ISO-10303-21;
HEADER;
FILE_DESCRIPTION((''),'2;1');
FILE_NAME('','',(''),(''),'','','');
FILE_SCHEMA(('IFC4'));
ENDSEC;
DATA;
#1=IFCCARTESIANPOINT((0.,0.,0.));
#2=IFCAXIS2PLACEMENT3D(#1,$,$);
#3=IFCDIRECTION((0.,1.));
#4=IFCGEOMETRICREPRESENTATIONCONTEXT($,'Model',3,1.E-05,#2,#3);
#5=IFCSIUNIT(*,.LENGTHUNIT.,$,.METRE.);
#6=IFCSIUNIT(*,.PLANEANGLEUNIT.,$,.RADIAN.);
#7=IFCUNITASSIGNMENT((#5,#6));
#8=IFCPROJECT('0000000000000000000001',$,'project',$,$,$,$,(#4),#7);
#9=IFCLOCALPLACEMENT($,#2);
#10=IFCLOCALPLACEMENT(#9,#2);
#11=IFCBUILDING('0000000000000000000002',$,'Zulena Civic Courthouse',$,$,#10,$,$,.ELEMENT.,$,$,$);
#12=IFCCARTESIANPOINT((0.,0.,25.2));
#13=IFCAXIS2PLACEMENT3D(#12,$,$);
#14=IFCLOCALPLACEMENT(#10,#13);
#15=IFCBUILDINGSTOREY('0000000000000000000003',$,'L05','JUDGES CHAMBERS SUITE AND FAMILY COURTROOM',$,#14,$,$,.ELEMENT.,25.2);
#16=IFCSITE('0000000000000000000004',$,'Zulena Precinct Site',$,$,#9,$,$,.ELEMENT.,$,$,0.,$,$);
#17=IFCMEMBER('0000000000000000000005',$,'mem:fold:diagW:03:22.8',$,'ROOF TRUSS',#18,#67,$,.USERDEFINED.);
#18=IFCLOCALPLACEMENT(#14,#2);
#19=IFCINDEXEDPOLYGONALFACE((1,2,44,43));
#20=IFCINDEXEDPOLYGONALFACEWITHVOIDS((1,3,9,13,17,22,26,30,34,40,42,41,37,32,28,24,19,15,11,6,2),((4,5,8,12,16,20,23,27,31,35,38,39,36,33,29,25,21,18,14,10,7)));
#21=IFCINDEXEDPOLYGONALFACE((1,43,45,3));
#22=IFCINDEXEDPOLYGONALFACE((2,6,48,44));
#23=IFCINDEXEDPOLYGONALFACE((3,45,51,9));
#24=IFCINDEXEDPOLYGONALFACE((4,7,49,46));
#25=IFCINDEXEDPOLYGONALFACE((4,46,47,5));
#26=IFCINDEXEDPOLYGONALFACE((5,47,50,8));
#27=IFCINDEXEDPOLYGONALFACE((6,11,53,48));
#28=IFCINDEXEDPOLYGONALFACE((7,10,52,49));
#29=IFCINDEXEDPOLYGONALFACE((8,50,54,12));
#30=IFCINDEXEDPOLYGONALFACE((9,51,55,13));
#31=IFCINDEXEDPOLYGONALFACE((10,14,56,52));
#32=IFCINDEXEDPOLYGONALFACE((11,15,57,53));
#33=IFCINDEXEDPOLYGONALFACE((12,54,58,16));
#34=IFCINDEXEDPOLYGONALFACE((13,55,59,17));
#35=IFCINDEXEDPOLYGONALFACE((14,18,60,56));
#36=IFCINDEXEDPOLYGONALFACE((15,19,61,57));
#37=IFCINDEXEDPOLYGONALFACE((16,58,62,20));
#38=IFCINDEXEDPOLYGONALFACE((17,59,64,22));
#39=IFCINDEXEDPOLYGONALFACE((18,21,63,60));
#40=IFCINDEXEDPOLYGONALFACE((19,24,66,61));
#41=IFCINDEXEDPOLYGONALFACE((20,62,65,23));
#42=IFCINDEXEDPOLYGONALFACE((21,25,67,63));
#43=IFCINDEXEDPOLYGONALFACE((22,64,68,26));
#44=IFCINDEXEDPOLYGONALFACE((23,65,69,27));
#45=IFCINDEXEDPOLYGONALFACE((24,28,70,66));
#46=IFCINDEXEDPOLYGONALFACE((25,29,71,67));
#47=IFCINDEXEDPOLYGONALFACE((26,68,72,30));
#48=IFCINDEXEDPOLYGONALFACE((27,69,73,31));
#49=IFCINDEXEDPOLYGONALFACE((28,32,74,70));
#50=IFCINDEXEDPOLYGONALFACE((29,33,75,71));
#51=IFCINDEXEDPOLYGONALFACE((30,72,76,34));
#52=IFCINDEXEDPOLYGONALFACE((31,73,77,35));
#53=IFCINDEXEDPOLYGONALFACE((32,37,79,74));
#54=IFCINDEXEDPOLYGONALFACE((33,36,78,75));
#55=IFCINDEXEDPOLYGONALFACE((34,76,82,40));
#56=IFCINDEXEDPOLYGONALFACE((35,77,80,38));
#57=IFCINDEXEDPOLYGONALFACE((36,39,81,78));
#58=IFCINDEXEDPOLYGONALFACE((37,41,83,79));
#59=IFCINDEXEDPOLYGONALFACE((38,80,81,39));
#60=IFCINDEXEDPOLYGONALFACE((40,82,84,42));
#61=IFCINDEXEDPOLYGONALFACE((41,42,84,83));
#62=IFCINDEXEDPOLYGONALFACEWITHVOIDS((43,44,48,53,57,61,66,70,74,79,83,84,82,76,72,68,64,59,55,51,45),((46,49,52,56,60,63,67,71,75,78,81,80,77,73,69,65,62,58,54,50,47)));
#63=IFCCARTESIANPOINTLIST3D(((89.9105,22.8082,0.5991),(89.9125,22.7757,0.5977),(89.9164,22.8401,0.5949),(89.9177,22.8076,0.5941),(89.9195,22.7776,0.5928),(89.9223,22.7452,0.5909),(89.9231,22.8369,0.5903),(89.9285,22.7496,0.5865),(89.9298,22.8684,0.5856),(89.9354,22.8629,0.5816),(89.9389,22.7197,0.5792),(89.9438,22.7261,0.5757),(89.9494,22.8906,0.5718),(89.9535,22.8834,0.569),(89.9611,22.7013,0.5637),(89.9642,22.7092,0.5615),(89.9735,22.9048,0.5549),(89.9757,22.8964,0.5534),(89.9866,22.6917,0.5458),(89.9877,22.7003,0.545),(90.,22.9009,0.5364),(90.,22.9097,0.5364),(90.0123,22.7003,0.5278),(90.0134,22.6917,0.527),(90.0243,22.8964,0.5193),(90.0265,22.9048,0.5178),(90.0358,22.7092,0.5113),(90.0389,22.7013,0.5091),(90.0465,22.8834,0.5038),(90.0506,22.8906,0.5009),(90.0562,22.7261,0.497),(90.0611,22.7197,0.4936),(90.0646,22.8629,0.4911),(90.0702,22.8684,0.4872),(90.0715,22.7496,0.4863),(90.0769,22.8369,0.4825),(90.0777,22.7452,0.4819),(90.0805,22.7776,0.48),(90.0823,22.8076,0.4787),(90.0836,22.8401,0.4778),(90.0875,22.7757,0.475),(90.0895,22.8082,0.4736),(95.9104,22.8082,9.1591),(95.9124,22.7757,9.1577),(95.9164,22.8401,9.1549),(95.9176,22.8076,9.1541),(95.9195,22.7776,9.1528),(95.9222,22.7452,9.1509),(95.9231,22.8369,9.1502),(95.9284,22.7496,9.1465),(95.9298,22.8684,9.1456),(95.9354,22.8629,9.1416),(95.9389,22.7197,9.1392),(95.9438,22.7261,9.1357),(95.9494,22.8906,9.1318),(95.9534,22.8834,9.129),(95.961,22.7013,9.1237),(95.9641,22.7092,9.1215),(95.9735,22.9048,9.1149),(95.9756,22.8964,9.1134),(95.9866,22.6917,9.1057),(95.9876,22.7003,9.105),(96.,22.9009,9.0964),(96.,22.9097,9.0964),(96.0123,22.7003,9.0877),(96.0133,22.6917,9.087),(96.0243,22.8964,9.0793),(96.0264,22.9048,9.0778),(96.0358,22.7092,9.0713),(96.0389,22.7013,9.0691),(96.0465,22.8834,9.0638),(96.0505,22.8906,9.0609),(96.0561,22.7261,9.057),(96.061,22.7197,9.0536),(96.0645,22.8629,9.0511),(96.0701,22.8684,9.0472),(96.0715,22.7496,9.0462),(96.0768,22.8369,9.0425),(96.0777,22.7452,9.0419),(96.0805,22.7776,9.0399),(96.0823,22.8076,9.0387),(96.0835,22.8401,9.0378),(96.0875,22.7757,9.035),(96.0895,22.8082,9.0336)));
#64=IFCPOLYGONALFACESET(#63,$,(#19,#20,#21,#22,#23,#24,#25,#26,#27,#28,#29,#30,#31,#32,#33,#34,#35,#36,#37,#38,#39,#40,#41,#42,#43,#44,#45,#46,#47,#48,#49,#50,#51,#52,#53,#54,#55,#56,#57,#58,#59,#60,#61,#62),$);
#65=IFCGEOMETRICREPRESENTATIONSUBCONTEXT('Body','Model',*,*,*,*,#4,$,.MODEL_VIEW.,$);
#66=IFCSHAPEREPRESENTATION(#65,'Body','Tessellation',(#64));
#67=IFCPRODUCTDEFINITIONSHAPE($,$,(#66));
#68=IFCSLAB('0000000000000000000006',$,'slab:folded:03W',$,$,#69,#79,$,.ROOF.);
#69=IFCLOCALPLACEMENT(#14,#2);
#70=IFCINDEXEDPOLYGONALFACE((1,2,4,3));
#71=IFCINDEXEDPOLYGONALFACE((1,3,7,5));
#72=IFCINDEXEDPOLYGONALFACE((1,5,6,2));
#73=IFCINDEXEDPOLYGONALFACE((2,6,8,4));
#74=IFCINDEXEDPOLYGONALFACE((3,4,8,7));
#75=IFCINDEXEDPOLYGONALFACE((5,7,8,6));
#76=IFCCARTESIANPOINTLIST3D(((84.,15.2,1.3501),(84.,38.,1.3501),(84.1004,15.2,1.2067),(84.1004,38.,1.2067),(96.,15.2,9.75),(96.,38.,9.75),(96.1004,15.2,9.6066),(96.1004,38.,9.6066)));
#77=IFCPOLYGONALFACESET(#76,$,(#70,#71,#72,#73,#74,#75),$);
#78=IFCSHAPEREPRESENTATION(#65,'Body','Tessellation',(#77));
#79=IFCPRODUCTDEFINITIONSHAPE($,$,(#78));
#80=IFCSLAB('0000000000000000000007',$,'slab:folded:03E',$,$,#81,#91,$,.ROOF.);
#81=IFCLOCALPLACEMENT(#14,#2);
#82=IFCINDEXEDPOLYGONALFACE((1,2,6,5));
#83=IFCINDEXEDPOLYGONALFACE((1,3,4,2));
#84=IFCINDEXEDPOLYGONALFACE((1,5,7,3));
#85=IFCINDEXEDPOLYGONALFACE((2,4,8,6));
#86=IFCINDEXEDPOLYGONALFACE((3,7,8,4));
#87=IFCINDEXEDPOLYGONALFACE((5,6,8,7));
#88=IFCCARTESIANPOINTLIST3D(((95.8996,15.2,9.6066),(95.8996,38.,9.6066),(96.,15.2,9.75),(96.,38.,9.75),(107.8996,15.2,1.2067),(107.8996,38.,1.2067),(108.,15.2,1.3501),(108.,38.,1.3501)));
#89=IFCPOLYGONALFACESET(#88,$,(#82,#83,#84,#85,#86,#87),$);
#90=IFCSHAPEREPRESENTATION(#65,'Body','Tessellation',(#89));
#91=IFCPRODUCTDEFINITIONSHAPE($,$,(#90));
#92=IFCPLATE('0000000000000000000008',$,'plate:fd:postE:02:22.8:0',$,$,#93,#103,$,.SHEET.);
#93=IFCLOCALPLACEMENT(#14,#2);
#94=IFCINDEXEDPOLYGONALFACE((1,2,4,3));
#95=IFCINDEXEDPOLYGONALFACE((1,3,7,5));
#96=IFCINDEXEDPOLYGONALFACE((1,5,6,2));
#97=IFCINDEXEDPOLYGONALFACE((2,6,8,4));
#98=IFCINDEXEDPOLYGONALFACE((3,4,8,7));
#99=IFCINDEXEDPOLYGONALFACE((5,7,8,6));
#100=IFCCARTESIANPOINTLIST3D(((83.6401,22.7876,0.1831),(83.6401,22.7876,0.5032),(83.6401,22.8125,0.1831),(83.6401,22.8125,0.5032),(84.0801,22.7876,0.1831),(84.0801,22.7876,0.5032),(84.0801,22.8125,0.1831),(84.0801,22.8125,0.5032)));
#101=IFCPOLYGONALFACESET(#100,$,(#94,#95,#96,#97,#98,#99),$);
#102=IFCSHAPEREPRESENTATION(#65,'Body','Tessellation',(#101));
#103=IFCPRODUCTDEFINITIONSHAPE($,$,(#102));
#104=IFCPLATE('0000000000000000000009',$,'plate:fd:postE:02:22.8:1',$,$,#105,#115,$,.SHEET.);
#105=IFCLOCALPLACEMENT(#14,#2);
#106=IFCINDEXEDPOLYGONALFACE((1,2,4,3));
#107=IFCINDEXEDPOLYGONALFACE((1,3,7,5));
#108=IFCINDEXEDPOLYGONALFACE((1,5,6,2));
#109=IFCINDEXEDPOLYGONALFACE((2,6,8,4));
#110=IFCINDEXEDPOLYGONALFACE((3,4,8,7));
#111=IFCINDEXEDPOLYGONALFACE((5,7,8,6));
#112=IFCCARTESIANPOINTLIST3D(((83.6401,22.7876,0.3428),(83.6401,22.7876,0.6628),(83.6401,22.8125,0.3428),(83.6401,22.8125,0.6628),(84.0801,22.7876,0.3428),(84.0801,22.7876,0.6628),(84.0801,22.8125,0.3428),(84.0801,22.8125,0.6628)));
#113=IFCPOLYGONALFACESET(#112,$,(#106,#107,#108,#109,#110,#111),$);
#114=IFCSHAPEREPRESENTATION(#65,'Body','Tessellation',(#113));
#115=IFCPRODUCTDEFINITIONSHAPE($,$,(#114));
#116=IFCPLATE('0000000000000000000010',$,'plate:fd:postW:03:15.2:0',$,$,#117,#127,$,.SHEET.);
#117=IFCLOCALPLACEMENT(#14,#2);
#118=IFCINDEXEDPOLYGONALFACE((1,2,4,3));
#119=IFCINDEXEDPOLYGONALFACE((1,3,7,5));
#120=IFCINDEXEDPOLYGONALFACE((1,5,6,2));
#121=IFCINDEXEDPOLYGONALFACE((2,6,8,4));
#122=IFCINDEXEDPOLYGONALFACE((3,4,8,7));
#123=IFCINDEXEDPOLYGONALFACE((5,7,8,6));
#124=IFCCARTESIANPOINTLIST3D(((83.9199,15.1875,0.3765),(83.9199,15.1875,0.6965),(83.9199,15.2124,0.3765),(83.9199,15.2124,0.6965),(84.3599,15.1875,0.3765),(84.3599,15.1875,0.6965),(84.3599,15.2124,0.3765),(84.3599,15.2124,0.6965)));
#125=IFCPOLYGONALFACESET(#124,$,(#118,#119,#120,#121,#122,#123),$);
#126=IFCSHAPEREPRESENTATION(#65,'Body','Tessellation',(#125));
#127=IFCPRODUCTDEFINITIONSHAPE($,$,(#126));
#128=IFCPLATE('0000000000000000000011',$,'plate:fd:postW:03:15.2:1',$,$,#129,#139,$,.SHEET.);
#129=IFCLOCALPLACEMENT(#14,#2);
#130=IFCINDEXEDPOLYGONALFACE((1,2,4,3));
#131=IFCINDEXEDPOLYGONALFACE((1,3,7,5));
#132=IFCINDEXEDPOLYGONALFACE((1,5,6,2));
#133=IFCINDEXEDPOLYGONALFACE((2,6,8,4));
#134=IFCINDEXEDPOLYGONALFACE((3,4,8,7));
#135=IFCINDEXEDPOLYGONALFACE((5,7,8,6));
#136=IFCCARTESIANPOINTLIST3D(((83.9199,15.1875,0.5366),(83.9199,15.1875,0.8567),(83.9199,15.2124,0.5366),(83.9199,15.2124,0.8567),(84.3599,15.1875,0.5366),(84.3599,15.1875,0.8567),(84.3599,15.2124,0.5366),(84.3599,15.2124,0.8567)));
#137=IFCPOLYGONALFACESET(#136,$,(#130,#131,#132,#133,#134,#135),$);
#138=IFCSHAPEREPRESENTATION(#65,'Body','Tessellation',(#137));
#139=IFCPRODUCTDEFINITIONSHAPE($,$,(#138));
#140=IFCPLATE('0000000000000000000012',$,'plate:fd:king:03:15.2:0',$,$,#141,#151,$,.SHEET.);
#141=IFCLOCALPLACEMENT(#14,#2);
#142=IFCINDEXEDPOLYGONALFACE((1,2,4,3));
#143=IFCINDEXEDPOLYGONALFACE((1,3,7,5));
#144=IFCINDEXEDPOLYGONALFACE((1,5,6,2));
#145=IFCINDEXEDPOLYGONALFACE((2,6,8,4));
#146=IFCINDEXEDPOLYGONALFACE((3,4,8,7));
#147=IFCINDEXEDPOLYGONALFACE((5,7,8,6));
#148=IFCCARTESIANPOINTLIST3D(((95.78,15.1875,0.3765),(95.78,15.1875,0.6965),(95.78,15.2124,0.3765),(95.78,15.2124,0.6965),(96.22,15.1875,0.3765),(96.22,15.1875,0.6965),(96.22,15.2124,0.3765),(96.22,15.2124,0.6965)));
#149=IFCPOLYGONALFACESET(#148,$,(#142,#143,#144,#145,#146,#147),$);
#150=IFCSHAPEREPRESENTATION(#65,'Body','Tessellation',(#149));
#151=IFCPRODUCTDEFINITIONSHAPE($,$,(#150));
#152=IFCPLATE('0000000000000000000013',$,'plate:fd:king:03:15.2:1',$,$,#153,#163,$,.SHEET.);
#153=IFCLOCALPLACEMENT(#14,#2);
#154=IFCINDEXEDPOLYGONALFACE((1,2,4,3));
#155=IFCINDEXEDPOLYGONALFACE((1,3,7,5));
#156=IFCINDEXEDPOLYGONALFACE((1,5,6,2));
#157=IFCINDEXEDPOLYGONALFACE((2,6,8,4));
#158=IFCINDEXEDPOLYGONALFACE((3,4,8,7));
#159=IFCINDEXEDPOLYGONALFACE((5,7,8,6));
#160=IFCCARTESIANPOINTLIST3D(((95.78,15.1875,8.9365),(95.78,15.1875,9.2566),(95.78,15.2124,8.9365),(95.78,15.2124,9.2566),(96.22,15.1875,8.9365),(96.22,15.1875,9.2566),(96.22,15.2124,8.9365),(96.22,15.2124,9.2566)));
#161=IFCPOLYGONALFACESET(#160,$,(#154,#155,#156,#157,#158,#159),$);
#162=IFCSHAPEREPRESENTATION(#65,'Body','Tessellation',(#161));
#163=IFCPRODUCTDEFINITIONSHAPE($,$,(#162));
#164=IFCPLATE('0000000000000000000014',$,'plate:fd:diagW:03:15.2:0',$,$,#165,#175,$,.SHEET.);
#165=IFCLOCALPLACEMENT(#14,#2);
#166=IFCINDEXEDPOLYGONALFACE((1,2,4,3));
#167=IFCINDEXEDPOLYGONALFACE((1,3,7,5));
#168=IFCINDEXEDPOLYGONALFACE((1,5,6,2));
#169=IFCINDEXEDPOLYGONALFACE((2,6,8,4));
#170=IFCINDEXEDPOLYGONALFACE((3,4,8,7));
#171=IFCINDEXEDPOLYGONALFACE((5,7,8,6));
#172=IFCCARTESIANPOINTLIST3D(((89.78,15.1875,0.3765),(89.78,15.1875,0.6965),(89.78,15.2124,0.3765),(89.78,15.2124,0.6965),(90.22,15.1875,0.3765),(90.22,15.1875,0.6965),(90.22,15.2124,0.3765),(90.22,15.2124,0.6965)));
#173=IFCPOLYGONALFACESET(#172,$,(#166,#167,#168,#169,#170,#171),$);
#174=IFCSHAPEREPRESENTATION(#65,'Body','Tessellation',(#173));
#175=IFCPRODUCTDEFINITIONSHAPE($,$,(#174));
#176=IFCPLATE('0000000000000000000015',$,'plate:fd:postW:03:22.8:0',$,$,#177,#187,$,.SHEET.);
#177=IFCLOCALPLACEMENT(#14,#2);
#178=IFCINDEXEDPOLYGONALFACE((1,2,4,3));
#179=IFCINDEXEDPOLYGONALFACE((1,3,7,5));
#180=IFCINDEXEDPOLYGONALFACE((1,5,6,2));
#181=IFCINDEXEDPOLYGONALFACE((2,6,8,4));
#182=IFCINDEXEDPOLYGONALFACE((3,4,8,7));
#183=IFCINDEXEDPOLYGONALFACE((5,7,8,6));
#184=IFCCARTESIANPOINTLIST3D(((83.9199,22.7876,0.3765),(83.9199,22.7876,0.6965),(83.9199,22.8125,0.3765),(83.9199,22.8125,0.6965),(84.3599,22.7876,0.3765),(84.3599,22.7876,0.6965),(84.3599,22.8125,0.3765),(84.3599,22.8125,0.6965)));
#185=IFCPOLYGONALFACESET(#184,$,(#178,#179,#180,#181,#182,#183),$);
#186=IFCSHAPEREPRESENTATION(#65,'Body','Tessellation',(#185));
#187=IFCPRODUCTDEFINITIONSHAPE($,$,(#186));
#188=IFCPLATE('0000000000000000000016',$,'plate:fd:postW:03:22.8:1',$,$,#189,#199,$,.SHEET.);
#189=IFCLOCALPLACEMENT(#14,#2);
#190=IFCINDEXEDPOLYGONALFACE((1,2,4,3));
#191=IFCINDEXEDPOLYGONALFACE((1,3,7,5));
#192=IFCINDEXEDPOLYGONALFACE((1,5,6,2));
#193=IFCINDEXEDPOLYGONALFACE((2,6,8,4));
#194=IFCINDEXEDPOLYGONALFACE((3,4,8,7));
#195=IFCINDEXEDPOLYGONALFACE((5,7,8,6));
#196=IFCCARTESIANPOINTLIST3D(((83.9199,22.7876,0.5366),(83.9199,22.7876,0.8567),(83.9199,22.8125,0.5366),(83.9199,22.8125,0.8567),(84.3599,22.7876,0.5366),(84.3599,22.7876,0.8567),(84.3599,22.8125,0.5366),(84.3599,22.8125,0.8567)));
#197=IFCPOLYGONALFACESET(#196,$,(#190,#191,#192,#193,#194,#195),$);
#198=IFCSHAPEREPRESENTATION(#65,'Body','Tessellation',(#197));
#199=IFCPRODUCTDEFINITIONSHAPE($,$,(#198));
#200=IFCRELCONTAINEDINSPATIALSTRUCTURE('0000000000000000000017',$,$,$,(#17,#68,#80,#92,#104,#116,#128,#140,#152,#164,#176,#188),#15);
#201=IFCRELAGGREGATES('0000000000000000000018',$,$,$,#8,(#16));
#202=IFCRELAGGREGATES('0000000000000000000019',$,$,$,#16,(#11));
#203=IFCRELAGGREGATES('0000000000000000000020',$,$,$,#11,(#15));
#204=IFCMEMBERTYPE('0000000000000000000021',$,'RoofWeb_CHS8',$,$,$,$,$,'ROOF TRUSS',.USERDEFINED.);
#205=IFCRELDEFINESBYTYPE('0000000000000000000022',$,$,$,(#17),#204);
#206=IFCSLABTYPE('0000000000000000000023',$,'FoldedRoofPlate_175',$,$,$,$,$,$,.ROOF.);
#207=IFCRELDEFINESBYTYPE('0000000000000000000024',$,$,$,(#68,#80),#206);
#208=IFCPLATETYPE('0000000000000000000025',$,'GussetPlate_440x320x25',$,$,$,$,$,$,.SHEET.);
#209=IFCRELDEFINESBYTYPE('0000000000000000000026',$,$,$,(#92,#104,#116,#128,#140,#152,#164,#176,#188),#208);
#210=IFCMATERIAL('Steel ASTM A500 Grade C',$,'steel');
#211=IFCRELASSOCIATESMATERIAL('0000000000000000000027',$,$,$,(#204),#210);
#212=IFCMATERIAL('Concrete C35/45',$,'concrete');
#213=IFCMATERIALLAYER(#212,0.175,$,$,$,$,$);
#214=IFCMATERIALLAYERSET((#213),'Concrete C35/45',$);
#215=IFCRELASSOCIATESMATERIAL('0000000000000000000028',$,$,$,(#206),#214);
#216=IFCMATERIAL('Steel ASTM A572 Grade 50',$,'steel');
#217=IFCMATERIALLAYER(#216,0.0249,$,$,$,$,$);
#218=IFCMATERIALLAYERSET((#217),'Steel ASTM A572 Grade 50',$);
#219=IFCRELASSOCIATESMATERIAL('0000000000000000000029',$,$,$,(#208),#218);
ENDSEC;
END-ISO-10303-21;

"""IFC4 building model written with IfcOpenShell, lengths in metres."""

from ifc_helpers import new_model, si_unit, direction, frame, origin, origin_2d, place, context, subcontext, project, spatial, polyline, rectangle, hollow_circle, outline, extrude, material, layer, layer_set, material_profile, profile_set, type_object, element, save


model = new_model("IFC4")

# Units and contexts
model_context = context("Model", 3, precision=1e-05, world=origin(), true_north=direction((0.0, 1.0)))
body_context = subcontext(model_context, "Body", "Model", "MODEL_VIEW")
ifc_project = project(units=[si_unit("LENGTHUNIT", "METRE"), si_unit("PLANEANGLEUNIT", "RADIAN")], contexts=[model_context])

# Site, building, storey
site_placement = place(None, origin())
site = spatial("IfcSite", under=ifc_project, at=site_placement, Name="Zulena Precinct Site", CompositionType="ELEMENT", RefElevation=0.0)
building_placement = place(site_placement, origin())
building = spatial("IfcBuilding", under=site, at=building_placement, Name="Zulena Civic Courthouse", CompositionType="ELEMENT")
storey_placement = place(building_placement, frame((0.0, 0.0, 25.2)))
storey = spatial("IfcBuildingStorey", under=building, at=storey_placement, Name="L05", Description="JUDGES CHAMBERS SUITE AND FAMILY COURTROOM", CompositionType="ELEMENT", Elevation=25.2)

# Member
ifc_material_1 = material(Name="Steel ASTM A500 Grade C", Category="steel")
ifc_material_profile_1 = material_profile(ifc_material_1, hollow_circle(Radius=0.1096, WallThickness=0.0088, at=origin_2d()), Name="HSS8.625X0.375")
ifc_profile_set_1 = profile_set([ifc_material_profile_1], Name="Steel ASTM A500 Grade C")
member_type_1 = type_object("IfcMemberType", Name="RoofWeb_CHS8", ElementType="ROOF TRUSS", PredefinedType="USERDEFINED", material=ifc_profile_set_1)
for number, where, z_axis, x_axis, name in (
    (1, (90.0, 22.8, 0.5364), (0.573973, 0.0, 0.818874), (0.0, 1.0, 0.0), "mem:fold:diagW:03:22.8"),
):
    element("IfcMember", number, at=place(storey_placement, frame(where, z_axis=z_axis, x_axis=x_axis)), inside=storey, type_object=member_type_1, Name=name, ObjectType="ROOF TRUSS", PredefinedType="USERDEFINED", context=body_context, shape_type="SweptSolid", body=[
        extrude(hollow_circle(Radius=0.1096, WallThickness=0.0088, at=origin_2d()), origin(), (0.0, 0.0, 1.0), 10.4534),
    ])

# Slabs
ifc_material_2 = material(Name="Concrete C35/45", Category="concrete")
ifc_layer_1 = layer(ifc_material_2, 0.175)
ifc_layer_set_1 = layer_set([ifc_layer_1], Name="Concrete C35/45")
slab_type = type_object("IfcSlabType", Name="FoldedRoofPlate_175", PredefinedType="ROOF", material=ifc_layer_set_1)
for number, where, z_axis, x_axis, name in (
    (2, (84.0, 15.2, 1.3501), (-0.573458, 0.0, 0.819235), (0.819235, 0.0, 0.573458), "slab:folded:03W"),
    (3, (96.0, 15.2, 9.75), (0.573458, 0.0, 0.819235), (0.819235, 0.0, -0.573458), "slab:folded:03E"),
):
    element("IfcSlab", number, at=place(storey_placement, frame(where, z_axis=z_axis, x_axis=x_axis)), inside=storey, type_object=slab_type, Name=name, PredefinedType="ROOF", context=body_context, shape_type="SweptSolid", body=[
        extrude(outline(polyline([(0.0, 0.0), (14.6478, 0.0), (14.6478, 22.8), (0.0, 22.8), (0.0, 0.0)])), origin(), (0.0, 0.0, -1.0), 0.175),
    ])

# Plates
ifc_material_3 = material(Name="Steel ASTM A572 Grade 50", Category="steel")
ifc_layer_2 = layer(ifc_material_3, 0.0249)
ifc_layer_set_2 = layer_set([ifc_layer_2], Name="Steel ASTM A572 Grade 50")
plate_type = type_object("IfcPlateType", Name="GussetPlate_440x320x25", PredefinedType="SHEET", material=ifc_layer_set_2)
for number, where, z_axis, x_axis, name in (
    (4, (83.8601, 22.8, 0.1831), (0.0, 0.0, 1.0), (1.0, 0.0, 0.0), "plate:fd:postE:02:22.8:0"),
    (5, (83.8601, 22.8, 0.3428), (0.0, 0.0, 1.0), (1.0, 0.0, 0.0), "plate:fd:postE:02:22.8:1"),
    (6, (84.1399, 15.2, 0.3765), (0.0, 0.0, 1.0), (1.0, 0.0, 0.0), "plate:fd:postW:03:15.2:0"),
    (7, (84.1399, 15.2, 0.5366), (0.0, 0.0, 1.0), (1.0, 0.0, 0.0), "plate:fd:postW:03:15.2:1"),
    (8, (96.0, 15.2, 0.3765), (0.0, 0.0, 1.0), (1.0, 0.0, 0.0), "plate:fd:king:03:15.2:0"),
    (9, (96.0, 15.2, 8.9365), (0.0, 0.0, 1.0), (1.0, 0.0, 0.0), "plate:fd:king:03:15.2:1"),
    (10, (90.0, 15.2, 0.3765), (0.0, 0.0, 1.0), (1.0, 0.0, 0.0), "plate:fd:diagW:03:15.2:0"),
    (11, (84.1399, 22.8, 0.3765), (0.0, 0.0, 1.0), (1.0, 0.0, 0.0), "plate:fd:postW:03:22.8:0"),
    (12, (84.1399, 22.8, 0.5366), (0.0, 0.0, 1.0), (1.0, 0.0, 0.0), "plate:fd:postW:03:22.8:1"),
):
    element("IfcPlate", number, at=place(storey_placement, frame(where, z_axis=z_axis, x_axis=x_axis)), inside=storey, type_object=plate_type, Name=name, PredefinedType="SHEET", context=body_context, shape_type="SweptSolid", body=[
        extrude(rectangle(XDim=0.4399, YDim=0.0249, at=origin_2d()), origin(), (0.0, 0.0, 1.0), 0.3201),
    ])

save(model, "model.ifc")
